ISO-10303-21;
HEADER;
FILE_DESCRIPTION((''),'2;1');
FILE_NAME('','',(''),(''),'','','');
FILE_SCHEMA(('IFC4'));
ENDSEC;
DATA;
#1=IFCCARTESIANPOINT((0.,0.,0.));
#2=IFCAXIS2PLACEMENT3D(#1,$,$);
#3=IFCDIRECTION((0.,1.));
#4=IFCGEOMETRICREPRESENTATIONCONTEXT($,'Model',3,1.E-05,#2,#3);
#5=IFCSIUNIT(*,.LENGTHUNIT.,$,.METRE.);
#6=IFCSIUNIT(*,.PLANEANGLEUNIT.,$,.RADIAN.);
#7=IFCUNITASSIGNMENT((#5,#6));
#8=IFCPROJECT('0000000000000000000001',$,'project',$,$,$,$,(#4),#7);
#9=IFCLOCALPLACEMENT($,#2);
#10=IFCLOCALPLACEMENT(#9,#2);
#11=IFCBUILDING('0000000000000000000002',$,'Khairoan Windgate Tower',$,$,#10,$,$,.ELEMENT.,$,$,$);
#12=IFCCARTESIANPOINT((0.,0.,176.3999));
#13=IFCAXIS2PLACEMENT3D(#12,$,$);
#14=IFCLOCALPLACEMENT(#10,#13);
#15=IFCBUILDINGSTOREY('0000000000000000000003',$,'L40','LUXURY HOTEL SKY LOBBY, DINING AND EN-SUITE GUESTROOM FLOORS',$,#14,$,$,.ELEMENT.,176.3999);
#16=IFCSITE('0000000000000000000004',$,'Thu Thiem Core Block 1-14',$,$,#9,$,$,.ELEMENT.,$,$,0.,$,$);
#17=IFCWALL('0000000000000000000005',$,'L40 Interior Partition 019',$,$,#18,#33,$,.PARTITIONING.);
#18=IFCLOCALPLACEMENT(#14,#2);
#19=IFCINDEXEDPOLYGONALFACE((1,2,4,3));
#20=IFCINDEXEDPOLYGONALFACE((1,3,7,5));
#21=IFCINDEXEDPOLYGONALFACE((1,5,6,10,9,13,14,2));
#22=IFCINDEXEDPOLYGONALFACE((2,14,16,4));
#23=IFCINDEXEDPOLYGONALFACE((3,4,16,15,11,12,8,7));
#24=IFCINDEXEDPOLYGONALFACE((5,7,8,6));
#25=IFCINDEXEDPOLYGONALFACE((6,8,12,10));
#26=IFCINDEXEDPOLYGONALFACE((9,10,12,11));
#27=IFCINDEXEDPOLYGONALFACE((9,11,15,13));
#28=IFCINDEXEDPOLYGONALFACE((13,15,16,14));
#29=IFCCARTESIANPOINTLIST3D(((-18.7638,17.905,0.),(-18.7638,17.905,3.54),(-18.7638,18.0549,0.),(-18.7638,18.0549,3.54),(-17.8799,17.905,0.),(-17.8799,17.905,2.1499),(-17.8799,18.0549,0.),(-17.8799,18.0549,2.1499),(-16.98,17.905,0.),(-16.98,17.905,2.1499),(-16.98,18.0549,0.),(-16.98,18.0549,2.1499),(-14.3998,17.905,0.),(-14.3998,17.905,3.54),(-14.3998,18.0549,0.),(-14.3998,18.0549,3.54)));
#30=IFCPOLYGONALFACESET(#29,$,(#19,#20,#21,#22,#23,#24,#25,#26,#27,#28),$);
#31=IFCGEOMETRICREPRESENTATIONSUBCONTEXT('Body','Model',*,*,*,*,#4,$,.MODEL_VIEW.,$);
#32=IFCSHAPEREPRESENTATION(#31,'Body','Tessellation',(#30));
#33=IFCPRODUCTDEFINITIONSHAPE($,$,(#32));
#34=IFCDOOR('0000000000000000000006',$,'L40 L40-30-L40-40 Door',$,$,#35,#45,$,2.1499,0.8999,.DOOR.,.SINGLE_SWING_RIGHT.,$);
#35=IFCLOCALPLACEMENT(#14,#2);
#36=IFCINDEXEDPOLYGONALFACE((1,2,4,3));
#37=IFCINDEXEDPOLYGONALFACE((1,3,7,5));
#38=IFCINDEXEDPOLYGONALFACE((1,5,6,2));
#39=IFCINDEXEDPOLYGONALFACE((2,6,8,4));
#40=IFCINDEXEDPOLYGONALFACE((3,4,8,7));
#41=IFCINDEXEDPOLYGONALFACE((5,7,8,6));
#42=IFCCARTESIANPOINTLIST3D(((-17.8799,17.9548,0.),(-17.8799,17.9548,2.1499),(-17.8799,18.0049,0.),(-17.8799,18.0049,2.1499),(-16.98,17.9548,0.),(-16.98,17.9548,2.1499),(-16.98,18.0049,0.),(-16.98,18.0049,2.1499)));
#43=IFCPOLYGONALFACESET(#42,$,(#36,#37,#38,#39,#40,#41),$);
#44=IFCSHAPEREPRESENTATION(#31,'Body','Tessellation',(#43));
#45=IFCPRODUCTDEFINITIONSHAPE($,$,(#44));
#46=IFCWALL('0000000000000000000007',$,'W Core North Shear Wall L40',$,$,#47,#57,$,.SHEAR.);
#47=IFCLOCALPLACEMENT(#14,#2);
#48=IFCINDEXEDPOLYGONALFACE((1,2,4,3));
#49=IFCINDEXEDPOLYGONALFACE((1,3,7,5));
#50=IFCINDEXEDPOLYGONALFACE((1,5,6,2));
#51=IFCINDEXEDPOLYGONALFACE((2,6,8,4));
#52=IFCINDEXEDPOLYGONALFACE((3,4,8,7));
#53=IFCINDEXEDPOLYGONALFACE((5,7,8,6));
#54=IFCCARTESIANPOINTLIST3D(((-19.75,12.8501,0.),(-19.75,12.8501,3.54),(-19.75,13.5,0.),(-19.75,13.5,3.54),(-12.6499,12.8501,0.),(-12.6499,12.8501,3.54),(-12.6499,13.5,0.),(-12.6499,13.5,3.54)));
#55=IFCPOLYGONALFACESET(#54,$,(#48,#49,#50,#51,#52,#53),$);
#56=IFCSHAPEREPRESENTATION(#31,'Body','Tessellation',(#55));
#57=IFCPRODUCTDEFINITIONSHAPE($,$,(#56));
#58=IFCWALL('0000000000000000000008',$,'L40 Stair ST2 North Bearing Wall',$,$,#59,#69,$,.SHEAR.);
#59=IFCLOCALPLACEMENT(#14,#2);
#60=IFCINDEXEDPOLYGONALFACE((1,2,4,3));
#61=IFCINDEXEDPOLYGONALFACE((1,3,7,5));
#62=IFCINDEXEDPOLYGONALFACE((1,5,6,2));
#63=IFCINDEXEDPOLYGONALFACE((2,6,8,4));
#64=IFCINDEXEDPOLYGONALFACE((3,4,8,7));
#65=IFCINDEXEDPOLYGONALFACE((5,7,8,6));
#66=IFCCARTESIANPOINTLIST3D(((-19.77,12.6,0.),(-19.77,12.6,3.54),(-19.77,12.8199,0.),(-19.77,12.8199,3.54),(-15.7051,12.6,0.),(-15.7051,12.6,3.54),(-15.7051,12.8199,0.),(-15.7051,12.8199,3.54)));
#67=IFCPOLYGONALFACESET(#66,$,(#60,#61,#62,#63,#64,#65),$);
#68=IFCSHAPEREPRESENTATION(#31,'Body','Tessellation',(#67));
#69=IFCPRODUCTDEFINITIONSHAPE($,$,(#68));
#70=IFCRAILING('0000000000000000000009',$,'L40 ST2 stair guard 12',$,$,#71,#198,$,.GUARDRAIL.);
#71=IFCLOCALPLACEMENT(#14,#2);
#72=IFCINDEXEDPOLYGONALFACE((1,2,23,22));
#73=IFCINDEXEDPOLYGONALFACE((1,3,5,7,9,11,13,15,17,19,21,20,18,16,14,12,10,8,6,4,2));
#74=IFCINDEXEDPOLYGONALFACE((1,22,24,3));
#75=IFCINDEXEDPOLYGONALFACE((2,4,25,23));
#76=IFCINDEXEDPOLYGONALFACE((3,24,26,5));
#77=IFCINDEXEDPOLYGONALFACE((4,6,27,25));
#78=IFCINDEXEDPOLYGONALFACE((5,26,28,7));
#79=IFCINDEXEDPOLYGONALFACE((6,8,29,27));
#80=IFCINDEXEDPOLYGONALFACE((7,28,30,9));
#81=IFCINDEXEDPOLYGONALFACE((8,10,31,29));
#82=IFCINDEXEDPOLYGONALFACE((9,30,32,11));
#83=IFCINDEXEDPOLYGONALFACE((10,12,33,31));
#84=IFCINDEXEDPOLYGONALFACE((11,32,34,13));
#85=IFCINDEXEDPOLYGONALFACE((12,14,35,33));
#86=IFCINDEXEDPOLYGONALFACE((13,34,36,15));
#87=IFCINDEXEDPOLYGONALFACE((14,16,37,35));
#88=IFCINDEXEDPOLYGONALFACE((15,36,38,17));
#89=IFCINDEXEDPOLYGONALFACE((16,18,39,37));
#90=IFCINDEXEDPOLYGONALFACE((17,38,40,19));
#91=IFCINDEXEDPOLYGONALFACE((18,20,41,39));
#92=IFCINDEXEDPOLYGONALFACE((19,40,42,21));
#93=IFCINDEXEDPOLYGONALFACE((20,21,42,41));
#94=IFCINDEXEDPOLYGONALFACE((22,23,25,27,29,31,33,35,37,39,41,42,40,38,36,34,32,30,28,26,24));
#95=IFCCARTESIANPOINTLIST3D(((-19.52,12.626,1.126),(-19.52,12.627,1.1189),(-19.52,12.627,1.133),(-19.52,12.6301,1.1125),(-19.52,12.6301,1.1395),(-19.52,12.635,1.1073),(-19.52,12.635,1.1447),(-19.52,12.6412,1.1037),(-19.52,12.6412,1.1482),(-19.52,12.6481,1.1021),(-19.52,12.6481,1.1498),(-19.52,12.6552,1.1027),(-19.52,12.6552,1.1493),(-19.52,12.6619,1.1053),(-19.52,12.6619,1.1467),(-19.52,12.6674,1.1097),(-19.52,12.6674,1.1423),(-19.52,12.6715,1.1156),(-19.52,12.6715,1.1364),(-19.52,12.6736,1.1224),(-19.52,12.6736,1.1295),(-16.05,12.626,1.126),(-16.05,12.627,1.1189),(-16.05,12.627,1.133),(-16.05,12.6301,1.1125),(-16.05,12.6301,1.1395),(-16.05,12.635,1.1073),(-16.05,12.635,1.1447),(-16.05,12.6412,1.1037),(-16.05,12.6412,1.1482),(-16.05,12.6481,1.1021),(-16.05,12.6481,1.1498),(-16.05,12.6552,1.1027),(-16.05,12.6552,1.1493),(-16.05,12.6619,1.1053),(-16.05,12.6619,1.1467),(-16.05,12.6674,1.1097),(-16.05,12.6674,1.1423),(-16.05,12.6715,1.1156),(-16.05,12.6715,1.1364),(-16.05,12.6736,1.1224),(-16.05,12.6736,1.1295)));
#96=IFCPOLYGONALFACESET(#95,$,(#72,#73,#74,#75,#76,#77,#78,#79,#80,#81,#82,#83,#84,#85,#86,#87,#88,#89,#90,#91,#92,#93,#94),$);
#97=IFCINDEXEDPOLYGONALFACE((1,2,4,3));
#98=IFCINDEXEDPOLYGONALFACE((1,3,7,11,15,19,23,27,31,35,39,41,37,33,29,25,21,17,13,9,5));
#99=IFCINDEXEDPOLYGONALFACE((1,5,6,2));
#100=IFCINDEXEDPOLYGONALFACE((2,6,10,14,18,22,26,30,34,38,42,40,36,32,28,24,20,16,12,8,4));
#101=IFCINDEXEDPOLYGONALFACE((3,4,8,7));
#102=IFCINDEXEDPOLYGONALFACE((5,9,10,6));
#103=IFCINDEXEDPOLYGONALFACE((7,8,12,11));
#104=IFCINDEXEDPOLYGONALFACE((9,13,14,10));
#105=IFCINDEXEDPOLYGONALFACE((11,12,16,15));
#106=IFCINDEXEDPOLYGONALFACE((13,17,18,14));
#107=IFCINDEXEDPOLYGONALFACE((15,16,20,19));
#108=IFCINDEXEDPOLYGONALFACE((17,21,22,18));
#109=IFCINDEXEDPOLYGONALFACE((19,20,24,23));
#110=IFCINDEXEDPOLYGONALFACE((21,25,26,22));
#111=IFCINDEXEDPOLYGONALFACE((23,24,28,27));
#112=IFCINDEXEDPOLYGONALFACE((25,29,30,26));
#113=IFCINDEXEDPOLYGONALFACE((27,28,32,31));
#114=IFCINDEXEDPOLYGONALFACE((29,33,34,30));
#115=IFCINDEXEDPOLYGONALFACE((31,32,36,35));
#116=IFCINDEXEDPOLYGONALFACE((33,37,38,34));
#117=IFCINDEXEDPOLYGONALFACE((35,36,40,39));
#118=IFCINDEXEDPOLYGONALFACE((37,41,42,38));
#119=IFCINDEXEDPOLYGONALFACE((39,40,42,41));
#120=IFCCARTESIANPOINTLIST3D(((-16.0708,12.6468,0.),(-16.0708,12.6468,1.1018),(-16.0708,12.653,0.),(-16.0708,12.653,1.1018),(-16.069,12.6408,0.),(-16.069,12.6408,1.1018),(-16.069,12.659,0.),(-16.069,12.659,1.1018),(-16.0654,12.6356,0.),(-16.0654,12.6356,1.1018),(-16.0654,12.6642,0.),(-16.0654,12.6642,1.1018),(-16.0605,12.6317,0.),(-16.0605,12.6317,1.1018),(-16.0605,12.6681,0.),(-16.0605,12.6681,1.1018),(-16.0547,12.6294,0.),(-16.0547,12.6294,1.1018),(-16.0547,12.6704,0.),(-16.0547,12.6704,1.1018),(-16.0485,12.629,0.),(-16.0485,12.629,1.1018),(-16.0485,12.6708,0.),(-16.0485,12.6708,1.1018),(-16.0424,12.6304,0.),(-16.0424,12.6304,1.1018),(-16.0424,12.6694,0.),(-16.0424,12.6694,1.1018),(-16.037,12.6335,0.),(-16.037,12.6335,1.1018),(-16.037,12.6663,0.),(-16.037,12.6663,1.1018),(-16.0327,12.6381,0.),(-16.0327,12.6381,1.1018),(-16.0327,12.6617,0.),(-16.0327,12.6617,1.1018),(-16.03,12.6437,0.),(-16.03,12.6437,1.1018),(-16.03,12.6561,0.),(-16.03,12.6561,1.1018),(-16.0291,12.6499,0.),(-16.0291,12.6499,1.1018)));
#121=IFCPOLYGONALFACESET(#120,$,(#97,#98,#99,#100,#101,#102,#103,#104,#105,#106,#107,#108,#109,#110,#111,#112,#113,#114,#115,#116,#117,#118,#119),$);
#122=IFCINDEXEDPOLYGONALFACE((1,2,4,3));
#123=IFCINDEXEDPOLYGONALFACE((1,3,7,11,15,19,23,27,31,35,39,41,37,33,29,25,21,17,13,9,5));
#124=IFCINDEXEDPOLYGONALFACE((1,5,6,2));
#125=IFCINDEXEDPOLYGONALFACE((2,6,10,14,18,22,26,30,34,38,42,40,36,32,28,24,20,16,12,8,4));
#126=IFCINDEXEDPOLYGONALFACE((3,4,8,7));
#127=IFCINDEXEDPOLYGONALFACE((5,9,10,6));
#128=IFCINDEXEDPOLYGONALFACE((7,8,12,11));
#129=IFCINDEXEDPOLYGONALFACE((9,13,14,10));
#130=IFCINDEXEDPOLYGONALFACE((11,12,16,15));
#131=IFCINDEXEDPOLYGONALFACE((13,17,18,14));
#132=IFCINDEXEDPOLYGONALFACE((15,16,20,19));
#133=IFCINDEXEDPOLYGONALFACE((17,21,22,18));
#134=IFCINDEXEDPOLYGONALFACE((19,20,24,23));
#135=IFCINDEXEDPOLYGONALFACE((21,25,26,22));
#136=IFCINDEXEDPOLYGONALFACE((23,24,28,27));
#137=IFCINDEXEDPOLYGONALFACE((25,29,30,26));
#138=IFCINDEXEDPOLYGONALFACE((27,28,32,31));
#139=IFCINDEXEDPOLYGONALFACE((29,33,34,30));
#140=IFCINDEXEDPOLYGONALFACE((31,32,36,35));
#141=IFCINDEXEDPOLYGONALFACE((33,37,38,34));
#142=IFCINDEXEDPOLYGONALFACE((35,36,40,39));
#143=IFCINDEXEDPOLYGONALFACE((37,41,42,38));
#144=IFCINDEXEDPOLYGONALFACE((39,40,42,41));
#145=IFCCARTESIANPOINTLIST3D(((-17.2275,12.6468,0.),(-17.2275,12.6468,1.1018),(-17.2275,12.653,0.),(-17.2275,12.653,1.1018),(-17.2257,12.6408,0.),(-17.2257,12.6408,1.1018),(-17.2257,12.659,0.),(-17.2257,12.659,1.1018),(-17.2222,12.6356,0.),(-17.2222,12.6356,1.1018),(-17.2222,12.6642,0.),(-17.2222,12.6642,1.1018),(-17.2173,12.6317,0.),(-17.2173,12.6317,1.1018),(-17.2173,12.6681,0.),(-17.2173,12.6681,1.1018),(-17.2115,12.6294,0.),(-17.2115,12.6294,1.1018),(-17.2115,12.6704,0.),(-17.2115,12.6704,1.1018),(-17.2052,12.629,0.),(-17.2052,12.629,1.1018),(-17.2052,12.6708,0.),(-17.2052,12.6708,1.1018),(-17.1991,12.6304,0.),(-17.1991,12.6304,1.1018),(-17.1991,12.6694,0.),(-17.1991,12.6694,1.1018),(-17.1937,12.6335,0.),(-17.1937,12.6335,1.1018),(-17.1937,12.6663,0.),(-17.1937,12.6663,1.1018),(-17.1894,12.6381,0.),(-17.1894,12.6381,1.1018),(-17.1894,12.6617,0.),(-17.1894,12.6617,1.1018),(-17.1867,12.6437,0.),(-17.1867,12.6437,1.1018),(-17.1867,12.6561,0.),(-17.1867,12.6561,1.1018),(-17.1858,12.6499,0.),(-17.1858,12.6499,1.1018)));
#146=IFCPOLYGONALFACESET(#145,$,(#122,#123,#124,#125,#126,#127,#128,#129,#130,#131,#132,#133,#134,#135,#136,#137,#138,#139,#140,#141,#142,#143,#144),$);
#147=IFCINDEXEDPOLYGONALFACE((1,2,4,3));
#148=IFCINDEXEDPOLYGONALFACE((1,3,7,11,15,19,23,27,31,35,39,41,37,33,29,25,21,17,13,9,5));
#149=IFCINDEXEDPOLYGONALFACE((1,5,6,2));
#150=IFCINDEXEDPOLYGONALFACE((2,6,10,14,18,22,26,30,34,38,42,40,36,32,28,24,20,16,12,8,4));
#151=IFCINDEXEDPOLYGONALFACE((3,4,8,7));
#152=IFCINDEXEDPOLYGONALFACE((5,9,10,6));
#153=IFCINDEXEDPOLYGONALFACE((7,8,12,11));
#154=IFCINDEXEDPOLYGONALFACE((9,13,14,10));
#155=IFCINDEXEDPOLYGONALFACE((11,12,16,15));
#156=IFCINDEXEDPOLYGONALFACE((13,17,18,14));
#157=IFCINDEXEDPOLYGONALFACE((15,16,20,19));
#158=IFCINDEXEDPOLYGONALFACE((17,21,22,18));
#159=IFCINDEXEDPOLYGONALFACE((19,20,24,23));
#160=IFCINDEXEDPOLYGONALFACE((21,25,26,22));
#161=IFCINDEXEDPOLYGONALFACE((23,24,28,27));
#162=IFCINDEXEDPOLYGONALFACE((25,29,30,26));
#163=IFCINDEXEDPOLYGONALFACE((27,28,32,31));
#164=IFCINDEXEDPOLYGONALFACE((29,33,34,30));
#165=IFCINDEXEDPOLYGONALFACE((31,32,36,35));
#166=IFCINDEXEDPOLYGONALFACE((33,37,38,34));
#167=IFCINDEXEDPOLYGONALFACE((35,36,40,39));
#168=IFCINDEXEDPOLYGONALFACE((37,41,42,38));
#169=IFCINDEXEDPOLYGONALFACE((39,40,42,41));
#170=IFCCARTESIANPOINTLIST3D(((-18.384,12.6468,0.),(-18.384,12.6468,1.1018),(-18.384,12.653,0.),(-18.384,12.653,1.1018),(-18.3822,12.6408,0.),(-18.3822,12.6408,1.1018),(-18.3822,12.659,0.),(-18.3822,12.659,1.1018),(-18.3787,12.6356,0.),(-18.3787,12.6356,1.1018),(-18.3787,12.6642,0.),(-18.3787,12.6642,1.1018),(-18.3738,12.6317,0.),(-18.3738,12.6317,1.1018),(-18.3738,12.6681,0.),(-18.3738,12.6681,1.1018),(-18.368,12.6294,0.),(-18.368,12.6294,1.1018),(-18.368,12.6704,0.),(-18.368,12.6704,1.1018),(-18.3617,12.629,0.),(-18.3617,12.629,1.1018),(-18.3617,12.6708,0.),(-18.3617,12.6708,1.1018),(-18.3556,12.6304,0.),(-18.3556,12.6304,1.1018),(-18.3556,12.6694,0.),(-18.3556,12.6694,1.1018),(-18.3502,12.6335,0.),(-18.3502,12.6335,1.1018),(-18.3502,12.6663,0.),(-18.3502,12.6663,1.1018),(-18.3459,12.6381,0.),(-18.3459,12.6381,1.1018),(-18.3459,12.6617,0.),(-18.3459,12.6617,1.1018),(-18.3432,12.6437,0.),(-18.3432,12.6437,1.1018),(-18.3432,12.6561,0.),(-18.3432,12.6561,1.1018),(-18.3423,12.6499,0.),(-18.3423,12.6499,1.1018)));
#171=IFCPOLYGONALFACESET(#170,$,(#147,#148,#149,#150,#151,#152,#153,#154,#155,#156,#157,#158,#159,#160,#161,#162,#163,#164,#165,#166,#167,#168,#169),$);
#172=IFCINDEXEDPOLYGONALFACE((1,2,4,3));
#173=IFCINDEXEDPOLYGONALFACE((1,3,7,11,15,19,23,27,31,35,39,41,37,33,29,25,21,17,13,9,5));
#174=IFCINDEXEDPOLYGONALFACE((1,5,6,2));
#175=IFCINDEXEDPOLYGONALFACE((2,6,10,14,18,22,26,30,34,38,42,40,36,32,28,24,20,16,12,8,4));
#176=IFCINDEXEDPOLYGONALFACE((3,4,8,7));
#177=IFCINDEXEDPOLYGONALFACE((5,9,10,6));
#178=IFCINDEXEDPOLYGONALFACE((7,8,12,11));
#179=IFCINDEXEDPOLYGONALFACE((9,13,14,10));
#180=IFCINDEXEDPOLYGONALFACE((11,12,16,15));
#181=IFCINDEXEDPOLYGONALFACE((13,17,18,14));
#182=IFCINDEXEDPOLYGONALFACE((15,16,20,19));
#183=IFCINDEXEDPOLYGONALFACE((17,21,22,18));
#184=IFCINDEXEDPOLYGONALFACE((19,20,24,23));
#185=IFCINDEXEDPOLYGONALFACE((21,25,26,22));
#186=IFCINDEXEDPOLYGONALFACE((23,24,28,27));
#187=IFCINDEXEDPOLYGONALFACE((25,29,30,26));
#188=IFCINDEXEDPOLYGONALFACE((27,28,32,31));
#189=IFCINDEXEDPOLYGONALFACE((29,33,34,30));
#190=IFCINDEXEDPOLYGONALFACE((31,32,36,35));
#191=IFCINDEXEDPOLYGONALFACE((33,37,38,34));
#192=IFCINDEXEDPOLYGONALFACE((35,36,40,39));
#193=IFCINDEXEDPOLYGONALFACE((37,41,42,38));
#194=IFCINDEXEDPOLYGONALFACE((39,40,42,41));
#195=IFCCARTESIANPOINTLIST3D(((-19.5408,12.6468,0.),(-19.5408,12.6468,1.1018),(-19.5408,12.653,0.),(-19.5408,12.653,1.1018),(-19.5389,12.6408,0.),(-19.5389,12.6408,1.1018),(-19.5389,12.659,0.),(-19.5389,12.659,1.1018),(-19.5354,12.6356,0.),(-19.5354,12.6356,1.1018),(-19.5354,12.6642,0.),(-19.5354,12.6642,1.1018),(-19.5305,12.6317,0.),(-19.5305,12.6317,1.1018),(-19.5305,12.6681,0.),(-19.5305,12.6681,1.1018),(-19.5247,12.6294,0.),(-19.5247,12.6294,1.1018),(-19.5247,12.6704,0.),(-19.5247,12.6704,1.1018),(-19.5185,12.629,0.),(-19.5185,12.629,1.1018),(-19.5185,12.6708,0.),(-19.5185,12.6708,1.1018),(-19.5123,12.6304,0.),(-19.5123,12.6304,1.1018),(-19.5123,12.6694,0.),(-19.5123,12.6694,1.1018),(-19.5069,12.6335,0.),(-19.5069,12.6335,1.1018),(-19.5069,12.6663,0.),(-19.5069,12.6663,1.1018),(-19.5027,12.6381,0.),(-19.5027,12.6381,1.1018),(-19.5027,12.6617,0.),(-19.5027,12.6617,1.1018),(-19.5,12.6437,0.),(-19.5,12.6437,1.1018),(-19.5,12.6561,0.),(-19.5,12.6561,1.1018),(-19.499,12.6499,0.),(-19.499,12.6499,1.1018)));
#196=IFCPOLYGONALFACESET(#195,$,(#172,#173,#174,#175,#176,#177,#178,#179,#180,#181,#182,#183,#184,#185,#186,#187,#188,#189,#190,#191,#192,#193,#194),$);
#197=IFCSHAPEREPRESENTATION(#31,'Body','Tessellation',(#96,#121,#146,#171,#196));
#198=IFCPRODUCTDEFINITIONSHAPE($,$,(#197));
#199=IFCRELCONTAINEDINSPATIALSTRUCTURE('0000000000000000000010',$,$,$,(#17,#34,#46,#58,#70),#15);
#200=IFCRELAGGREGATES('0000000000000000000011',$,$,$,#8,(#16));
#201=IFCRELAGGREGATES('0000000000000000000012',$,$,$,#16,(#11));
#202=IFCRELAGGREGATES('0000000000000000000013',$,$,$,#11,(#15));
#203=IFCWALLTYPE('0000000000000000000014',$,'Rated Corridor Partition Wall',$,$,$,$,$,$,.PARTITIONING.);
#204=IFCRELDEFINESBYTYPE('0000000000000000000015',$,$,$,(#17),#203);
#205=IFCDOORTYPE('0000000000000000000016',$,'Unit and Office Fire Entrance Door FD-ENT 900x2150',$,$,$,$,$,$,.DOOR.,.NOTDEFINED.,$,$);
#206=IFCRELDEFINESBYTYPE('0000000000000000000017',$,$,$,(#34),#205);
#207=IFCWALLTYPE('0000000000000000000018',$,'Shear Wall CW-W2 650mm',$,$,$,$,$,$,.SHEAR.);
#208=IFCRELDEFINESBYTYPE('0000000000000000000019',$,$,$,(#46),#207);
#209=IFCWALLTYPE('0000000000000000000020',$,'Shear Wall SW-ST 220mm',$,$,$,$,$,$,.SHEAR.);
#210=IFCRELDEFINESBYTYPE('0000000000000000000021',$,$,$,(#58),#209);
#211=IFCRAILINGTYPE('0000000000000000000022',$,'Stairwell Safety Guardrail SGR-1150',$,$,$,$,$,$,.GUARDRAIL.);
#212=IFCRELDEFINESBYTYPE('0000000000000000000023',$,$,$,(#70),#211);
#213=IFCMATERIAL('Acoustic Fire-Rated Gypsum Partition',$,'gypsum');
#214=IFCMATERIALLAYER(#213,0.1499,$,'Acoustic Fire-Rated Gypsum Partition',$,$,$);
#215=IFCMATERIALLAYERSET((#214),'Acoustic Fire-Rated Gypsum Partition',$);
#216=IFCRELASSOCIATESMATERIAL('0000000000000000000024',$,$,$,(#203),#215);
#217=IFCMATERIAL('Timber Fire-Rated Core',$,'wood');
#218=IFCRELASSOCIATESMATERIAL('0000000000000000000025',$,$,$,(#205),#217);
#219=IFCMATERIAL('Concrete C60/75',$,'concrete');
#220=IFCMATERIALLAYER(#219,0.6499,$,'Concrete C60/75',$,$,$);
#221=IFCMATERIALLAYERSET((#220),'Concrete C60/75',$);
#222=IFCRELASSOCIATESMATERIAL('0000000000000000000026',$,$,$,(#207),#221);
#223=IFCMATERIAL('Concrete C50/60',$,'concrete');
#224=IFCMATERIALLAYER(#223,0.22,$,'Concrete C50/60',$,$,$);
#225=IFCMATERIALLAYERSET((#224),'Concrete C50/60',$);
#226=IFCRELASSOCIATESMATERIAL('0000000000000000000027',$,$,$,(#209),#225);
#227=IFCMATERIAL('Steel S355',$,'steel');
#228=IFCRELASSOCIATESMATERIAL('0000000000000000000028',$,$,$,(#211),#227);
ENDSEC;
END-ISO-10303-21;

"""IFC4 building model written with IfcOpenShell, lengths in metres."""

from ifc_helpers import new_model, si_unit, direction, frame, frame_2d, origin, origin_2d, place, context, subcontext, project, spatial, rectangle, circle, extrude, material, layer, layer_set, type_object, element, fill, save


model = new_model("IFC4")

# Units and contexts
model_context = context("Model", 3, precision=1e-05, world=origin(), true_north=direction((0.0, 1.0)))
body_context = subcontext(model_context, "Body", "Model", "MODEL_VIEW")
ifc_project = project(units=[si_unit("LENGTHUNIT", "METRE"), si_unit("PLANEANGLEUNIT", "RADIAN")], contexts=[model_context])

# Site, building, storey
site_placement = place(None, origin())
site = spatial("IfcSite", under=ifc_project, at=site_placement, Name="Thu Thiem Core Block 1-14", CompositionType="ELEMENT", RefElevation=0.0)
building_placement = place(site_placement, origin())
building = spatial("IfcBuilding", under=site, at=building_placement, Name="Khairoan Windgate Tower", CompositionType="ELEMENT")
storey_placement = place(building_placement, frame((0.0, 0.0, 176.3999)))
storey = spatial("IfcBuildingStorey", under=building, at=storey_placement, Name="L40", Description="LUXURY HOTEL SKY LOBBY, DINING AND EN-SUITE GUESTROOM FLOORS", CompositionType="ELEMENT", Elevation=176.3999)

# Shared definitions
ifc_material_1 = material(Name="Acoustic Fire-Rated Gypsum Partition", Category="gypsum")
ifc_layer_1 = layer(ifc_material_1, 0.1499, Name="Acoustic Fire-Rated Gypsum Partition")
ifc_layer_set_1 = layer_set([ifc_layer_1], Name="Acoustic Fire-Rated Gypsum Partition")
wall_type_1 = type_object("IfcWallType", Name="Rated Corridor Partition Wall", PredefinedType="PARTITIONING", material=ifc_layer_set_1)

# Wall, opening, door
wall_1_placement = place(storey_placement, frame((-18.7639, 17.98, 0.0), z_axis=(0.0, 0.0, 1.0), x_axis=(1.0, 0.0, 0.0)))
wall_1 = element("IfcWall", 1, at=wall_1_placement, inside=storey, type_object=wall_type_1, Name="L40 Interior Partition 019", PredefinedType="PARTITIONING", context=body_context, shape_type="SweptSolid", body=[
    extrude(rectangle(XDim=4.364, YDim=0.1499, at=frame_2d((2.1821, 0.0))), origin(), (0.0, 0.0, 1.0), 3.54),
])
opening_1_placement = place(wall_1_placement, frame((0.884, 0.0, 0.0)))
opening_1 = element("IfcOpeningElement", 2, at=opening_1_placement, cuts=wall_1, PredefinedType="OPENING", context=body_context, shape_type="SweptSolid", body=[
    extrude(rectangle(XDim=0.8999, YDim=2.1499, at=frame_2d((0.45, 1.075))), frame((0.0, 0.085, 0.0), z_axis=(0.0, -1.0, 0.0), x_axis=(1.0, 0.0, 0.0)), (0.0, 0.0, 1.0), 0.1699),
])
ifc_material_2 = material(Name="Timber Fire-Rated Core", Category="wood")
door_type = type_object("IfcDoorType", Name="Unit and Office Fire Entrance Door FD-ENT 900x2150", OperationType="NOTDEFINED", PredefinedType="DOOR", material=ifc_material_2)
door_1_placement = place(opening_1_placement, origin())
door_1 = element("IfcDoor", 3, at=door_1_placement, inside=storey, type_object=door_type, Name="L40 L40-30-L40-40 Door", OperationType="SINGLE_SWING_RIGHT", OverallHeight=2.1499, OverallWidth=0.8999, PredefinedType="DOOR", context=body_context, shape_type="SweptSolid", body=[
    extrude(rectangle(XDim=0.8999, YDim=2.1499, at=frame_2d((0.45, 1.075))), frame((0.0, 0.0249, 0.0), z_axis=(0.0, -1.0, 0.0), x_axis=(1.0, 0.0, 0.0)), (0.0, 0.0, 1.0), 0.05),
])
fill(opening_1, door_1)

# Walls
ifc_material_3 = material(Name="Concrete C60/75", Category="concrete")
ifc_layer_2 = layer(ifc_material_3, 0.6499, Name="Concrete C60/75")
ifc_layer_set_2 = layer_set([ifc_layer_2], Name="Concrete C60/75")
wall_type_2 = type_object("IfcWallType", Name="Shear Wall CW-W2 650mm", PredefinedType="SHEAR", material=ifc_layer_set_2)
wall_2_placement = place(storey_placement, frame((-19.75, 13.175, 0.0), z_axis=(0.0, 0.0, 1.0), x_axis=(1.0, 0.0, 0.0)))
element("IfcWall", 4, at=wall_2_placement, inside=storey, type_object=wall_type_2, Name="W Core North Shear Wall L40", PredefinedType="SHEAR", context=body_context, shape_type="SweptSolid", body=[
    extrude(rectangle(XDim=7.1001, YDim=0.6499, at=frame_2d((3.55, 0.0))), origin(), (0.0, 0.0, 1.0), 3.54),
])
ifc_material_4 = material(Name="Concrete C50/60", Category="concrete")
ifc_layer_3 = layer(ifc_material_4, 0.22, Name="Concrete C50/60")
ifc_layer_set_3 = layer_set([ifc_layer_3], Name="Concrete C50/60")
wall_type_3 = type_object("IfcWallType", Name="Shear Wall SW-ST 220mm", PredefinedType="SHEAR", material=ifc_layer_set_3)
wall_3_placement = place(storey_placement, frame((-19.77, 12.71, 0.0), z_axis=(0.0, 0.0, 1.0), x_axis=(1.0, 0.0, 0.0)))
element("IfcWall", 5, at=wall_3_placement, inside=storey, type_object=wall_type_3, Name="L40 Stair ST2 North Bearing Wall", PredefinedType="SHEAR", context=body_context, shape_type="SweptSolid", body=[
    extrude(rectangle(XDim=4.0649, YDim=0.22, at=frame_2d((2.0325, 0.0))), origin(), (0.0, 0.0, 1.0), 3.54),
])

# Railing
ifc_material_5 = material(Name="Steel S355", Category="steel")
railing_type = type_object("IfcRailingType", Name="Stairwell Safety Guardrail SGR-1150", PredefinedType="GUARDRAIL", material=ifc_material_5)
railing_placement = place(storey_placement, frame((-16.05, 12.6499, 0.0)))
element("IfcRailing", 6, at=railing_placement, inside=storey, type_object=railing_type, Name="L40 ST2 stair guard 12", PredefinedType="GUARDRAIL", context=body_context, shape_type="SweptSolid", body=[
    extrude(circle(Radius=0.0239, at=origin_2d()), frame((0.0, 0.0, 1.126), z_axis=(-1.0, 0.0, 0.0), x_axis=(0.0, -1.0, 0.0)), (0.0, 0.0, 1.0), 3.47),
    extrude(circle(Radius=0.021, at=origin_2d()), origin(), (0.0, 0.0, 1.0), 1.1018),
    extrude(circle(Radius=0.021, at=origin_2d()), frame((-1.1567, 0.0, 0.0)), (0.0, 0.0, 1.0), 1.1018),
    extrude(circle(Radius=0.021, at=origin_2d()), frame((-2.3132, 0.0, 0.0)), (0.0, 0.0, 1.0), 1.1018),
    extrude(circle(Radius=0.021, at=origin_2d()), frame((-3.47, 0.0, 0.0)), (0.0, 0.0, 1.0), 1.1018),
])

save(model, "model.ifc")
